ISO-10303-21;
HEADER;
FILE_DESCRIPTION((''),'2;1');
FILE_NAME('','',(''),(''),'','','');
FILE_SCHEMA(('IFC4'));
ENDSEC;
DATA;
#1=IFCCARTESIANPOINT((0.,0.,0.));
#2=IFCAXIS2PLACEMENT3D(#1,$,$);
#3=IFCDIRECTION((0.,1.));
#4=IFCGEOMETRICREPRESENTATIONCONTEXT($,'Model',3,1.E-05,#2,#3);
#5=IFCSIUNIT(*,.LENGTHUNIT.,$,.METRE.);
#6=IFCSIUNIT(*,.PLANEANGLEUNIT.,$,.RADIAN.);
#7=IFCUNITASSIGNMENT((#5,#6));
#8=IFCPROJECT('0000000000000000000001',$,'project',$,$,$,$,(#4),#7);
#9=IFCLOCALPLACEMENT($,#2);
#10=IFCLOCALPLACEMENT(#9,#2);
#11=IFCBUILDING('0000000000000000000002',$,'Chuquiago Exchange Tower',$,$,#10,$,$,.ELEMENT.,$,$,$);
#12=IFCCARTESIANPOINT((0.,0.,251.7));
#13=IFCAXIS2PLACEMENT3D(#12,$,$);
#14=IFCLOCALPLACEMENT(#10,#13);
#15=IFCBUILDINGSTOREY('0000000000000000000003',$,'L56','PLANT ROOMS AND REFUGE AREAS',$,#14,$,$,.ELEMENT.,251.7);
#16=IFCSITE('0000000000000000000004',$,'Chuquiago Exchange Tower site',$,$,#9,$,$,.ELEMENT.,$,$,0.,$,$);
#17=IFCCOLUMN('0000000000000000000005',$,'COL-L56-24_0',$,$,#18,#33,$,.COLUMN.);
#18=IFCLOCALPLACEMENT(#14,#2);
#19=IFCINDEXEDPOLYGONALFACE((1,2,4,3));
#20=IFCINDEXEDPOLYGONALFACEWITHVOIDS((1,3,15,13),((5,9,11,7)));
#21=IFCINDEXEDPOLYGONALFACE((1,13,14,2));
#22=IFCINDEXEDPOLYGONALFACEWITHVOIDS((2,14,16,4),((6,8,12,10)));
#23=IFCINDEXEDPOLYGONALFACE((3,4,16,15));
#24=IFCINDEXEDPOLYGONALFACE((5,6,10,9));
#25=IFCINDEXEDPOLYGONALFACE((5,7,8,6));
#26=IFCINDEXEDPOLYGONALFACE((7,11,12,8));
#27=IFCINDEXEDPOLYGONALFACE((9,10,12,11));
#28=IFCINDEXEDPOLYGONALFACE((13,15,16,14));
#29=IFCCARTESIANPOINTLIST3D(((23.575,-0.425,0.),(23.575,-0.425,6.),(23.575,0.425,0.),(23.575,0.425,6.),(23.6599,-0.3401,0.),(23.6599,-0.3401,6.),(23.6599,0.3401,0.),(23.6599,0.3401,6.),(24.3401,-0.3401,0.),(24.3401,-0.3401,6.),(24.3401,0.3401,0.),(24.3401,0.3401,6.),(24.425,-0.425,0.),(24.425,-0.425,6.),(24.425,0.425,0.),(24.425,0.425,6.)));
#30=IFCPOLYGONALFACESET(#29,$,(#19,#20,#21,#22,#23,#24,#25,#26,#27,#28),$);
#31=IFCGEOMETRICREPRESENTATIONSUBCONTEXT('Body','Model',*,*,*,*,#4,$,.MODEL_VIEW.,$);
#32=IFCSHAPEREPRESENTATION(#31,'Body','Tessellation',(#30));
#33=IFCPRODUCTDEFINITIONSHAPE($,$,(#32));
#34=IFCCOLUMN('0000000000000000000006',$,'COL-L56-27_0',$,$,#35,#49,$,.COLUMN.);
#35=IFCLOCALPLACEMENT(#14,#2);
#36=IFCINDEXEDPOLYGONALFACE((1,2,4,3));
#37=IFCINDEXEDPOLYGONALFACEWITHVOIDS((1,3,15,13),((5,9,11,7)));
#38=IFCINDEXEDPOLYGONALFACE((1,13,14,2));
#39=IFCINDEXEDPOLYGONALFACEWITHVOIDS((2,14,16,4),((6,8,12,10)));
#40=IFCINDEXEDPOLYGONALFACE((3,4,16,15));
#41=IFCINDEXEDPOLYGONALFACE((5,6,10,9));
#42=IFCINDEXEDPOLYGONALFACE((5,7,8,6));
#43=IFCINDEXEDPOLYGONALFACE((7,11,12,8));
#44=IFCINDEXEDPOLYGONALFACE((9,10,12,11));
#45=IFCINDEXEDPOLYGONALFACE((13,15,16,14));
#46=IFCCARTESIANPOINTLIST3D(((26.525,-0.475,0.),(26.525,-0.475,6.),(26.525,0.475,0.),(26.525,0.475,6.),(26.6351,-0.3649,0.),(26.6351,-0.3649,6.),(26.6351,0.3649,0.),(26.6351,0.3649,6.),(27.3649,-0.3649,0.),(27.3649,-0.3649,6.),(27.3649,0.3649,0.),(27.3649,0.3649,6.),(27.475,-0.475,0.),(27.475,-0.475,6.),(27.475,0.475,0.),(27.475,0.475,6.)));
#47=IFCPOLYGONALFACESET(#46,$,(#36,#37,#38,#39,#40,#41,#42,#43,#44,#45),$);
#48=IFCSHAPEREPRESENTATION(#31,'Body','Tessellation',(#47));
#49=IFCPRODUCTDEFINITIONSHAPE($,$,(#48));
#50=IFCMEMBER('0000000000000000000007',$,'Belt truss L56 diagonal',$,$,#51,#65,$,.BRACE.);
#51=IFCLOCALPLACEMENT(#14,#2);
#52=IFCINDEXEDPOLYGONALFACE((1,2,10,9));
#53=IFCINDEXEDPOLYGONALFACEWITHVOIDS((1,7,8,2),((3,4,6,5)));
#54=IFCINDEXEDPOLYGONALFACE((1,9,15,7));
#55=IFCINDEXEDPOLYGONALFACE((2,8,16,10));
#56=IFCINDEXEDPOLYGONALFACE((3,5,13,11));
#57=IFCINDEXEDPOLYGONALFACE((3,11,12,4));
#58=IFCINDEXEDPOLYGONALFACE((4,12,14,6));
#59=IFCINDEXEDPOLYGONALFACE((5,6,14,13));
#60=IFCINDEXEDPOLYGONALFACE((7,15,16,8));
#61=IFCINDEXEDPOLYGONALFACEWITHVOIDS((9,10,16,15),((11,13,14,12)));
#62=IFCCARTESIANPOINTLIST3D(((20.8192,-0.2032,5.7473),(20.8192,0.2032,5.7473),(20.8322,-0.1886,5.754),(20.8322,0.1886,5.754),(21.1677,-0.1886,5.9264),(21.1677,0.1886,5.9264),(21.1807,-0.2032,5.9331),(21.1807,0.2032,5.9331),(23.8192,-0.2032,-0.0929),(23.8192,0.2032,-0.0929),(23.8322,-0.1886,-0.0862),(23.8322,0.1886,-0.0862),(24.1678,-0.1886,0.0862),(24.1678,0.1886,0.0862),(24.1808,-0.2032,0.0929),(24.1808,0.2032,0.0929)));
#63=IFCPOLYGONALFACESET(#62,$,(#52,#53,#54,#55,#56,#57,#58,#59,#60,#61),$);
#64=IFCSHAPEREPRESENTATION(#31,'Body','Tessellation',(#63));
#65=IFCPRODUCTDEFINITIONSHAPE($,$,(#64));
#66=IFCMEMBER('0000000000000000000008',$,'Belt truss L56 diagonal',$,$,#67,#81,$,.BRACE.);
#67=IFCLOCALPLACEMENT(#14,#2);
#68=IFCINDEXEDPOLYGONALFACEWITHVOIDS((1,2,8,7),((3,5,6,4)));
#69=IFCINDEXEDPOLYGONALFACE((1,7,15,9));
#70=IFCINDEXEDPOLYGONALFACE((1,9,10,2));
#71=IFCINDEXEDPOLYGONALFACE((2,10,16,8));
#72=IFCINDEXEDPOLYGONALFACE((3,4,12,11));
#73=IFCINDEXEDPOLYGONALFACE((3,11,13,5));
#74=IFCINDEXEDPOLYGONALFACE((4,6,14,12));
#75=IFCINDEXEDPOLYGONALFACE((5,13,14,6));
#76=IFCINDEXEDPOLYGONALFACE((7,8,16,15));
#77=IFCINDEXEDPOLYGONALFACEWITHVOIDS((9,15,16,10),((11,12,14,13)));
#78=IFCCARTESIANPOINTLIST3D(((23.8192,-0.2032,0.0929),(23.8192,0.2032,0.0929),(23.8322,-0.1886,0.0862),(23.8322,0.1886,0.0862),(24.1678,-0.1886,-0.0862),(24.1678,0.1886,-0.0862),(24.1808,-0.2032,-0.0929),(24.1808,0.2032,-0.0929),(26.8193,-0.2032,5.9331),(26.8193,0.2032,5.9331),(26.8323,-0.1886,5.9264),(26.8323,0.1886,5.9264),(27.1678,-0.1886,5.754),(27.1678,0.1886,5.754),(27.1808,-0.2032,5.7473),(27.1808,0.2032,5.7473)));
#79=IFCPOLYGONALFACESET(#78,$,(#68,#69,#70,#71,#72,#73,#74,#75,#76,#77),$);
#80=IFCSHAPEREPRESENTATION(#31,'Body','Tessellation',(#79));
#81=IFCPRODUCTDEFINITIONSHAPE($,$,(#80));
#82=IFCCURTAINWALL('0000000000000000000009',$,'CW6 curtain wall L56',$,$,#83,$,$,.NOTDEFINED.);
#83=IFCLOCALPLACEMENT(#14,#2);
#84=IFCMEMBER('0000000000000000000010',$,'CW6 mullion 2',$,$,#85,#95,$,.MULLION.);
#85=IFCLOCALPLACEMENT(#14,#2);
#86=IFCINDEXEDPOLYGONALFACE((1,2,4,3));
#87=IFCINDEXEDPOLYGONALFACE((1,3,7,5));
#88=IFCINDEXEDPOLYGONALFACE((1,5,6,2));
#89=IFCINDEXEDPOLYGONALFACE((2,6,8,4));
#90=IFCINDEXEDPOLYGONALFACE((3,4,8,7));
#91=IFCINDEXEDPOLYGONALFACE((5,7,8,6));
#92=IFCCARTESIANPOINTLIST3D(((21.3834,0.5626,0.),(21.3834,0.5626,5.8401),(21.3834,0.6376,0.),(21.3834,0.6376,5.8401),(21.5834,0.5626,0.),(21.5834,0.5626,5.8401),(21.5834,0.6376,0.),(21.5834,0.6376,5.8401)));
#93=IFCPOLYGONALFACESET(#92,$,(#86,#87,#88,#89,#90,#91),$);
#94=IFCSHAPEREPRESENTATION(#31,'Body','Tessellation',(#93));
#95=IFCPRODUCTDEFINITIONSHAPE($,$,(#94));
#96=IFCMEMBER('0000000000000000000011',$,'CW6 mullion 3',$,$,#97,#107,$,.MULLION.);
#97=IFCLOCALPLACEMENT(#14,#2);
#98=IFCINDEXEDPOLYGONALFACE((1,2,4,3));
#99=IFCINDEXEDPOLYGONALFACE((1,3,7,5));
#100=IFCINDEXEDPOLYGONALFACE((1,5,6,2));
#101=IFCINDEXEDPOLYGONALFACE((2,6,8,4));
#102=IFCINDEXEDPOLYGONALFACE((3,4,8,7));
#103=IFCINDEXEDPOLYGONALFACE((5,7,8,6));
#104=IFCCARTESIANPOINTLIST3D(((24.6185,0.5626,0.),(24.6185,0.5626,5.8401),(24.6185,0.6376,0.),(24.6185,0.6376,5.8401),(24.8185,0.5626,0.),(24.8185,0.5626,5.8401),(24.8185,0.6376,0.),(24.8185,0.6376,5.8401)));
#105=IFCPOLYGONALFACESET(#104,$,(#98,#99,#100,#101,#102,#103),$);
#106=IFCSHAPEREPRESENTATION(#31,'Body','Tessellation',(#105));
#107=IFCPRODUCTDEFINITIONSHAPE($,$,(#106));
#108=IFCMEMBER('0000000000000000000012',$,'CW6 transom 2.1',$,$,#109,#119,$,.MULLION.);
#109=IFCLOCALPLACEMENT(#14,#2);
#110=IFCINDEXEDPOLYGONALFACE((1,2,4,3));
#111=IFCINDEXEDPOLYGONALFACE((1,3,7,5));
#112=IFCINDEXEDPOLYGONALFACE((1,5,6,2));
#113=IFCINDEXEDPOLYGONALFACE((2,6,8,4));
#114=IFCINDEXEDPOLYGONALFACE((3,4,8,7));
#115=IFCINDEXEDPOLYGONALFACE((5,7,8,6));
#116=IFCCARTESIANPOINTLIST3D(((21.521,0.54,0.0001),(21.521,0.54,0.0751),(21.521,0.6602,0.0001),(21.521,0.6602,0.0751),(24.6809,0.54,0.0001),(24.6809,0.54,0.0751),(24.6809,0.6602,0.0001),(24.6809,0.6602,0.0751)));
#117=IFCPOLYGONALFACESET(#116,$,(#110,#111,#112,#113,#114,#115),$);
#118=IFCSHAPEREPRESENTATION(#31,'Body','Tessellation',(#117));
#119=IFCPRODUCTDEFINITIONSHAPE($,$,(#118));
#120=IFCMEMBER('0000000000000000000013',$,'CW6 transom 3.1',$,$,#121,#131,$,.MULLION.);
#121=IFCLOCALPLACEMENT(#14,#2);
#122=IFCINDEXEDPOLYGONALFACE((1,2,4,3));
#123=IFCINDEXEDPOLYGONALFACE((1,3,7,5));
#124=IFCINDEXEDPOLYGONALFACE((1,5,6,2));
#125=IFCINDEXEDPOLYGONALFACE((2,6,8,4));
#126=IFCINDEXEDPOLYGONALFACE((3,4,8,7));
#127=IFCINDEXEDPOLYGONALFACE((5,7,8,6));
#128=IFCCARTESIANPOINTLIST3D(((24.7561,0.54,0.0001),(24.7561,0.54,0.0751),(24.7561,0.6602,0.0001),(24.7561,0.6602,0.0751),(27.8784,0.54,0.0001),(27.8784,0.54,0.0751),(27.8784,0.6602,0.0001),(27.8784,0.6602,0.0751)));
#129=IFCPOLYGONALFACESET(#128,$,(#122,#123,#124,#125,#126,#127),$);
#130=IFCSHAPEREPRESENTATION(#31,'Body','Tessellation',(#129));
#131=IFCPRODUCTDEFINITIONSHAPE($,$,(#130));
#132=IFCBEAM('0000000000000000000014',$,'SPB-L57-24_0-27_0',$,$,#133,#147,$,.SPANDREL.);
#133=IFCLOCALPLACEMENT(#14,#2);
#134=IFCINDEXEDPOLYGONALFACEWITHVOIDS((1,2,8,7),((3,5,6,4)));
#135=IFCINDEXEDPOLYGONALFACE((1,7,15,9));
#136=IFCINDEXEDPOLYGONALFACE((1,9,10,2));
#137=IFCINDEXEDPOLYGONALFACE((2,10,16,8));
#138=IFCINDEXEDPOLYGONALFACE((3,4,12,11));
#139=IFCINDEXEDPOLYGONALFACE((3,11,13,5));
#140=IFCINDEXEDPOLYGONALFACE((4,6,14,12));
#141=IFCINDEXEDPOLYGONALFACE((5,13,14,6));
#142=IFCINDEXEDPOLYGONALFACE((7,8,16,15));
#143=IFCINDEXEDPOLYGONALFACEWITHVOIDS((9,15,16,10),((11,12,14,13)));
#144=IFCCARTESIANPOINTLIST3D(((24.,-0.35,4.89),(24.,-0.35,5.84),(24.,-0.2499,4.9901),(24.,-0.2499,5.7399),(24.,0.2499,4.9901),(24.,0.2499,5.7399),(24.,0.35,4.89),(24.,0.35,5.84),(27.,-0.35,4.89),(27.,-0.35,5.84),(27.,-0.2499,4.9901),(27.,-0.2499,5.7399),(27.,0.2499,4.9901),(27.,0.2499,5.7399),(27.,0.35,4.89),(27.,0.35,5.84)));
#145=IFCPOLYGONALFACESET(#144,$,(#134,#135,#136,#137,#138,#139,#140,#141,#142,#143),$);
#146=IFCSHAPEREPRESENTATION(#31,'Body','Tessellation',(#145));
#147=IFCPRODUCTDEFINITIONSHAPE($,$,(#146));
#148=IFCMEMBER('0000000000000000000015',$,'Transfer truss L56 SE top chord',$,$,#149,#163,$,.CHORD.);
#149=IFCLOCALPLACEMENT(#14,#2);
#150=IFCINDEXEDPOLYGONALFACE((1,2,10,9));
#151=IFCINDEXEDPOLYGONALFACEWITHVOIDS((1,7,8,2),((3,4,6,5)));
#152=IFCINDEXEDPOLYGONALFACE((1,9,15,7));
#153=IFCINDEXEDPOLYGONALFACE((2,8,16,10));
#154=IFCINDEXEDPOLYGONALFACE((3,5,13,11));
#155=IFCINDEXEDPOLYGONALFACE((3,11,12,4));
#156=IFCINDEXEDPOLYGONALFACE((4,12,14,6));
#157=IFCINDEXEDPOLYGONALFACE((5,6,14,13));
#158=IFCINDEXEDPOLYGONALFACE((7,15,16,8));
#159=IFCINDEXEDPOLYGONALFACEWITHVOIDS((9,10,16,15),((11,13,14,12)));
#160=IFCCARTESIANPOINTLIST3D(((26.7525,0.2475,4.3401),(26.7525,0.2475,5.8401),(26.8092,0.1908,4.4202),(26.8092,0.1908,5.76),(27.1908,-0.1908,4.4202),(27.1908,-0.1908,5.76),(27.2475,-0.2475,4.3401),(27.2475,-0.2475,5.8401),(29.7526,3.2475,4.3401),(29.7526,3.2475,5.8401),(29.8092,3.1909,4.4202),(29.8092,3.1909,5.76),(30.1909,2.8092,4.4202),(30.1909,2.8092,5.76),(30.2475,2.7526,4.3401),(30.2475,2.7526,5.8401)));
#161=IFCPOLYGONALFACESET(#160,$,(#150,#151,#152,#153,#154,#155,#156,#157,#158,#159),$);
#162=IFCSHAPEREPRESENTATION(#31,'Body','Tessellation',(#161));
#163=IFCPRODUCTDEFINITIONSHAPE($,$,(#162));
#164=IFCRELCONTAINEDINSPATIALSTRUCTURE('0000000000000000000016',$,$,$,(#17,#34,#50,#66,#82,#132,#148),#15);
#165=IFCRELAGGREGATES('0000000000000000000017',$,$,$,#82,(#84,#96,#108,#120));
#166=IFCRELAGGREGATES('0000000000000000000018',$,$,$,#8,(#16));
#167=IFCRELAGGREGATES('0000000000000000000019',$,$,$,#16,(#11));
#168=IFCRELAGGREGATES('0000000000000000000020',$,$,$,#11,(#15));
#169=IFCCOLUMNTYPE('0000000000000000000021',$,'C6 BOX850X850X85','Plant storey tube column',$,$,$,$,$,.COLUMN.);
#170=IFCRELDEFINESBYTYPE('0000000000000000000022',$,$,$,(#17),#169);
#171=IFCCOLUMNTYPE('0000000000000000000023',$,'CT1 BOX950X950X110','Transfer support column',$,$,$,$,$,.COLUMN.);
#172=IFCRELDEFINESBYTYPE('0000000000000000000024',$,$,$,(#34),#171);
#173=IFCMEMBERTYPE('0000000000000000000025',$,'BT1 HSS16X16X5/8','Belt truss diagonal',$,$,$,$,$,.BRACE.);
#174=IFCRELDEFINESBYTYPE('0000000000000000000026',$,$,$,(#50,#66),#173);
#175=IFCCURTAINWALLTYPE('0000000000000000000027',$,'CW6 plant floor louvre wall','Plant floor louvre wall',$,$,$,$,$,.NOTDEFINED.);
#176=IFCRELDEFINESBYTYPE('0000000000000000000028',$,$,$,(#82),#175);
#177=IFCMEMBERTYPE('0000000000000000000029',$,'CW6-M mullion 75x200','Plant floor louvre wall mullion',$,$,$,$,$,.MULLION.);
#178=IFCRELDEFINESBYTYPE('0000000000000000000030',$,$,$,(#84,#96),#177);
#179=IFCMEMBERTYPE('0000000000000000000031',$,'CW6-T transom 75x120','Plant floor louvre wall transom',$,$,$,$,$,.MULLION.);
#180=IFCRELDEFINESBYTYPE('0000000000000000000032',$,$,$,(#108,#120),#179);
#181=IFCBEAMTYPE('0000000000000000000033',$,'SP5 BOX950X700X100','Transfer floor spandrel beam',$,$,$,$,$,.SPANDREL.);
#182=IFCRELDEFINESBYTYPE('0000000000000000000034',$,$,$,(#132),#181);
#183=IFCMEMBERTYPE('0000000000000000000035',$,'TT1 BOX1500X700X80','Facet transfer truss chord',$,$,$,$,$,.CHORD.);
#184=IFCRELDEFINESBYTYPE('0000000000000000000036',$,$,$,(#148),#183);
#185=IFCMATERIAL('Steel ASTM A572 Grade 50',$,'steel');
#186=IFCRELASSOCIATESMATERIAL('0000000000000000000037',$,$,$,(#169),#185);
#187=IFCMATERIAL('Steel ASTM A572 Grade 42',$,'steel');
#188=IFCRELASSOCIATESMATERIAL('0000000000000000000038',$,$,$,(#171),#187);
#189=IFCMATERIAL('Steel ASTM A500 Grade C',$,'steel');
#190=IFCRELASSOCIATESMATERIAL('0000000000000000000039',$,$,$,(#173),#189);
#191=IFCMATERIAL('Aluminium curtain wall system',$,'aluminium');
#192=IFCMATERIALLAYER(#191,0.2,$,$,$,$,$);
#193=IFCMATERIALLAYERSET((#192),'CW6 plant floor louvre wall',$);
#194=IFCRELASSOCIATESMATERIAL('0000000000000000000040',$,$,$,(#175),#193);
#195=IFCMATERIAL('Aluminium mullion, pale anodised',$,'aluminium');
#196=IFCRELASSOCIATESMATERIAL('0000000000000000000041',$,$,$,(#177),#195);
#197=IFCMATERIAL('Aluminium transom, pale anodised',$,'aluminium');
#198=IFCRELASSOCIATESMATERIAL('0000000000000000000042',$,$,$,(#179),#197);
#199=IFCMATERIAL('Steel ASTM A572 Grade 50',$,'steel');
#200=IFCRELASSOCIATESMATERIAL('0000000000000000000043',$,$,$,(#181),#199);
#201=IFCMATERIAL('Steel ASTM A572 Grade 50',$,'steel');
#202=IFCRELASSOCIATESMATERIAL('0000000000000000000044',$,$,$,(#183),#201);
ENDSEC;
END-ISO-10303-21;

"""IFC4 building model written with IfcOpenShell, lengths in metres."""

from ifc_helpers import new_model, si_unit, direction, frame, origin, origin_2d, place, context, subcontext, project, spatial, rectangle, hollow_rectangle, extrude, material, layer, layer_set, material_profile, profile_set, type_object, element, aggregate, save


model = new_model("IFC4")

# Units and contexts
model_context = context("Model", 3, precision=1e-05, world=origin(), true_north=direction((0.0, 1.0)))
body_context = subcontext(model_context, "Body", "Model", "MODEL_VIEW")
ifc_project = project(units=[si_unit("LENGTHUNIT", "METRE"), si_unit("PLANEANGLEUNIT", "RADIAN")], contexts=[model_context])

# Site, building, storey
site_placement = place(None, origin())
site = spatial("IfcSite", under=ifc_project, at=site_placement, Name="Chuquiago Exchange Tower site", CompositionType="ELEMENT", RefElevation=0.0)
building_placement = place(site_placement, origin())
building = spatial("IfcBuilding", under=site, at=building_placement, Name="Chuquiago Exchange Tower", CompositionType="ELEMENT")
storey_placement = place(building_placement, frame((0.0, 0.0, 251.7)))
storey = spatial("IfcBuildingStorey", under=building, at=storey_placement, Name="L56", Description="PLANT ROOMS AND REFUGE AREAS", CompositionType="ELEMENT", Elevation=251.7)

# Columns
ifc_material_1 = material(Name="Steel ASTM A572 Grade 50", Category="steel")
ifc_material_profile_1 = material_profile(ifc_material_1, hollow_rectangle(XDim=0.8501, YDim=0.8501, WallThickness=0.085, at=origin_2d()), Name="BOX850X850X85")
ifc_profile_set_1 = profile_set([ifc_material_profile_1], Name="Steel ASTM A572 Grade 50")
column_type_1 = type_object("IfcColumnType", Name="C6 BOX850X850X85", Description="Plant storey tube column", PredefinedType="COLUMN", material=ifc_profile_set_1)
column_1_placement = place(storey_placement, frame((24.0, 0.0, 0.0), z_axis=(0.0, 0.0, 1.0), x_axis=(0.0, -1.0, 0.0)))
element("IfcColumn", 1, at=column_1_placement, inside=storey, type_object=column_type_1, Name="COL-L56-24_0", PredefinedType="COLUMN", context=body_context, shape_type="SweptSolid", body=[
    extrude(hollow_rectangle(XDim=0.8501, YDim=0.8501, WallThickness=0.085, at=origin_2d()), origin(), (0.0, 0.0, 1.0), 6.0),
])
ifc_material_2 = material(Name="Steel ASTM A572 Grade 42", Category="steel")
ifc_material_profile_2 = material_profile(ifc_material_2, hollow_rectangle(XDim=0.95, YDim=0.95, WallThickness=0.1101, at=origin_2d()), Name="BOX950X950X110")
ifc_profile_set_2 = profile_set([ifc_material_profile_2], Name="Steel ASTM A572 Grade 42")
column_type_2 = type_object("IfcColumnType", Name="CT1 BOX950X950X110", Description="Transfer support column", PredefinedType="COLUMN", material=ifc_profile_set_2)
column_2_placement = place(storey_placement, frame((27.0, 0.0, 0.0), z_axis=(0.0, 0.0, 1.0), x_axis=(0.0, -1.0, 0.0)))
element("IfcColumn", 2, at=column_2_placement, inside=storey, type_object=column_type_2, Name="COL-L56-27_0", PredefinedType="COLUMN", context=body_context, shape_type="SweptSolid", body=[
    extrude(hollow_rectangle(XDim=0.95, YDim=0.95, WallThickness=0.1101, at=origin_2d()), origin(), (0.0, 0.0, 1.0), 6.0),
])

# Members
ifc_material_3 = material(Name="Steel ASTM A500 Grade C", Category="steel")
ifc_material_profile_3 = material_profile(ifc_material_3, hollow_rectangle(XDim=0.4065, YDim=0.4065, WallThickness=0.0146, at=origin_2d()), Name="HSS16X16X5/8")
ifc_profile_set_3 = profile_set([ifc_material_profile_3], Name="Steel ASTM A500 Grade C")
member_type_1 = type_object("IfcMemberType", Name="BT1 HSS16X16X5/8", Description="Belt truss diagonal", PredefinedType="BRACE", material=ifc_profile_set_3)
for number, where, z_axis, x_axis, name in (
    (3, (24.0, 0.0, 0.0), (-0.45693, 0.0, 0.889503), (0.0, -1.0, 0.0), "Belt truss L56 diagonal"),
    (4, (24.0, 0.0, 0.0), (0.45693, 0.0, 0.889503), (0.0, 1.0, 0.0), "Belt truss L56 diagonal"),
):
    element("IfcMember", number, at=place(storey_placement, frame(where, z_axis=z_axis, x_axis=x_axis)), inside=storey, type_object=member_type_1, Name=name, PredefinedType="BRACE", context=body_context, shape_type="SweptSolid", body=[
        extrude(hollow_rectangle(XDim=0.4065, YDim=0.4065, WallThickness=0.0146, at=origin_2d()), origin(), (0.0, 0.0, 1.0), 6.5657),
    ])

# Curtain wall, members
ifc_material_4 = material(Name="Aluminium curtain wall system", Category="aluminium")
ifc_layer_1 = layer(ifc_material_4, 0.2)
ifc_layer_set_1 = layer_set([ifc_layer_1], Name="CW6 plant floor louvre wall")
curtain_wall_type = type_object("IfcCurtainWallType", Name="CW6 plant floor louvre wall", Description="Plant floor louvre wall", PredefinedType="NOTDEFINED", material=ifc_layer_set_1)
curtain_wall_placement = place(storey_placement, origin())
curtain_wall = element("IfcCurtainWall", 5, at=curtain_wall_placement, inside=storey, type_object=curtain_wall_type, Name="CW6 curtain wall L56", PredefinedType="NOTDEFINED")
ifc_material_5 = material(Name="Aluminium mullion, pale anodised", Category="aluminium")
ifc_material_profile_4 = material_profile(ifc_material_5, rectangle(XDim=0.075, YDim=0.2, at=origin_2d()), Name="AL 75x200")
ifc_profile_set_4 = profile_set([ifc_material_profile_4], Name="Aluminium mullion, pale anodised")
member_type_2 = type_object("IfcMemberType", Name="CW6-M mullion 75x200", Description="Plant floor louvre wall mullion", PredefinedType="MULLION", material=ifc_profile_set_4)
member_1_placement = place(storey_placement, frame((21.4834, 0.6001, 0.0), z_axis=(0.0, 0.0, 1.0), x_axis=(0.0, 1.0, 0.0)))
member_1 = element("IfcMember", 6, at=member_1_placement, type_object=member_type_2, Name="CW6 mullion 2", PredefinedType="MULLION", context=body_context, shape_type="SweptSolid", body=[
    extrude(rectangle(XDim=0.075, YDim=0.2, at=origin_2d()), origin(), (0.0, 0.0, 1.0), 5.8401),
])
member_2_placement = place(storey_placement, frame((24.7185, 0.6001, 0.0), z_axis=(0.0, 0.0, 1.0), x_axis=(0.0, 1.0, 0.0)))
member_2 = element("IfcMember", 7, at=member_2_placement, type_object=member_type_2, Name="CW6 mullion 3", PredefinedType="MULLION", context=body_context, shape_type="SweptSolid", body=[
    extrude(rectangle(XDim=0.075, YDim=0.2, at=origin_2d()), origin(), (0.0, 0.0, 1.0), 5.8401),
])
ifc_material_6 = material(Name="Aluminium transom, pale anodised", Category="aluminium")
ifc_material_profile_5 = material_profile(ifc_material_6, rectangle(XDim=0.1201, YDim=0.075, at=origin_2d()), Name="AL 120x75")
ifc_profile_set_5 = profile_set([ifc_material_profile_5], Name="Aluminium transom, pale anodised")
member_type_3 = type_object("IfcMemberType", Name="CW6-T transom 75x120", Description="Plant floor louvre wall transom", PredefinedType="MULLION", material=ifc_profile_set_5)
member_3_placement = place(storey_placement, frame((21.521, 0.6001, 0.0376), z_axis=(1.0, 0.0, 0.0), x_axis=(0.0, 1.0, 0.0)))
member_3 = element("IfcMember", 8, at=member_3_placement, type_object=member_type_3, Name="CW6 transom 2.1", PredefinedType="MULLION", context=body_context, shape_type="SweptSolid", body=[
    extrude(rectangle(XDim=0.1201, YDim=0.075, at=origin_2d()), origin(), (0.0, 0.0, 1.0), 3.1599),
])
member_4_placement = place(storey_placement, frame((24.7561, 0.6001, 0.0376), z_axis=(1.0, 0.0, 0.0), x_axis=(0.0, 1.0, 0.0)))
member_4 = element("IfcMember", 9, at=member_4_placement, type_object=member_type_3, Name="CW6 transom 3.1", PredefinedType="MULLION", context=body_context, shape_type="SweptSolid", body=[
    extrude(rectangle(XDim=0.1201, YDim=0.075, at=origin_2d()), origin(), (0.0, 0.0, 1.0), 3.1223),
])

# Beam
ifc_material_7 = material(Name="Steel ASTM A572 Grade 50", Category="steel")
ifc_material_profile_6 = material_profile(ifc_material_7, hollow_rectangle(XDim=0.7, YDim=0.95, WallThickness=0.1001, at=origin_2d()), Name="BOX950X700X100")
ifc_profile_set_6 = profile_set([ifc_material_profile_6], Name="Steel ASTM A572 Grade 50")
beam_type = type_object("IfcBeamType", Name="SP5 BOX950X700X100", Description="Transfer floor spandrel beam", PredefinedType="SPANDREL", material=ifc_profile_set_6)
beam_placement = place(storey_placement, frame((24.0, 0.0, 5.365), z_axis=(1.0, 0.0, 0.0), x_axis=(0.0, 1.0, 0.0)))
element("IfcBeam", 10, at=beam_placement, inside=storey, type_object=beam_type, Name="SPB-L57-24_0-27_0", PredefinedType="SPANDREL", context=body_context, shape_type="SweptSolid", body=[
    extrude(hollow_rectangle(XDim=0.7, YDim=0.95, WallThickness=0.1001, at=origin_2d()), origin(), (0.0, 0.0, 1.0), 3.0),
])

# Member
ifc_material_8 = material(Name="Steel ASTM A572 Grade 50", Category="steel")
ifc_material_profile_7 = material_profile(ifc_material_8, hollow_rectangle(XDim=0.7, YDim=1.5, WallThickness=0.0801, at=origin_2d()), Name="BOX1500X700X80")
ifc_profile_set_7 = profile_set([ifc_material_profile_7], Name="Steel ASTM A572 Grade 50")
member_type_4 = type_object("IfcMemberType", Name="TT1 BOX1500X700X80", Description="Facet transfer truss chord", PredefinedType="CHORD", material=ifc_profile_set_7)
member_5_placement = place(storey_placement, frame((27.0, 0.0, 5.0901), z_axis=(0.707107, 0.707107, 0.0), x_axis=(-0.707107, 0.707107, 0.0)))
element("IfcMember", 11, at=member_5_placement, inside=storey, type_object=member_type_4, Name="Transfer truss L56 SE top chord", PredefinedType="CHORD", context=body_context, shape_type="SweptSolid", body=[
    extrude(hollow_rectangle(XDim=0.7, YDim=1.5, WallThickness=0.0801, at=origin_2d()), origin(), (0.0, 0.0, 1.0), 4.2427),
])

aggregate(curtain_wall, [member_1, member_2, member_3, member_4])

save(model, "model.ifc")
